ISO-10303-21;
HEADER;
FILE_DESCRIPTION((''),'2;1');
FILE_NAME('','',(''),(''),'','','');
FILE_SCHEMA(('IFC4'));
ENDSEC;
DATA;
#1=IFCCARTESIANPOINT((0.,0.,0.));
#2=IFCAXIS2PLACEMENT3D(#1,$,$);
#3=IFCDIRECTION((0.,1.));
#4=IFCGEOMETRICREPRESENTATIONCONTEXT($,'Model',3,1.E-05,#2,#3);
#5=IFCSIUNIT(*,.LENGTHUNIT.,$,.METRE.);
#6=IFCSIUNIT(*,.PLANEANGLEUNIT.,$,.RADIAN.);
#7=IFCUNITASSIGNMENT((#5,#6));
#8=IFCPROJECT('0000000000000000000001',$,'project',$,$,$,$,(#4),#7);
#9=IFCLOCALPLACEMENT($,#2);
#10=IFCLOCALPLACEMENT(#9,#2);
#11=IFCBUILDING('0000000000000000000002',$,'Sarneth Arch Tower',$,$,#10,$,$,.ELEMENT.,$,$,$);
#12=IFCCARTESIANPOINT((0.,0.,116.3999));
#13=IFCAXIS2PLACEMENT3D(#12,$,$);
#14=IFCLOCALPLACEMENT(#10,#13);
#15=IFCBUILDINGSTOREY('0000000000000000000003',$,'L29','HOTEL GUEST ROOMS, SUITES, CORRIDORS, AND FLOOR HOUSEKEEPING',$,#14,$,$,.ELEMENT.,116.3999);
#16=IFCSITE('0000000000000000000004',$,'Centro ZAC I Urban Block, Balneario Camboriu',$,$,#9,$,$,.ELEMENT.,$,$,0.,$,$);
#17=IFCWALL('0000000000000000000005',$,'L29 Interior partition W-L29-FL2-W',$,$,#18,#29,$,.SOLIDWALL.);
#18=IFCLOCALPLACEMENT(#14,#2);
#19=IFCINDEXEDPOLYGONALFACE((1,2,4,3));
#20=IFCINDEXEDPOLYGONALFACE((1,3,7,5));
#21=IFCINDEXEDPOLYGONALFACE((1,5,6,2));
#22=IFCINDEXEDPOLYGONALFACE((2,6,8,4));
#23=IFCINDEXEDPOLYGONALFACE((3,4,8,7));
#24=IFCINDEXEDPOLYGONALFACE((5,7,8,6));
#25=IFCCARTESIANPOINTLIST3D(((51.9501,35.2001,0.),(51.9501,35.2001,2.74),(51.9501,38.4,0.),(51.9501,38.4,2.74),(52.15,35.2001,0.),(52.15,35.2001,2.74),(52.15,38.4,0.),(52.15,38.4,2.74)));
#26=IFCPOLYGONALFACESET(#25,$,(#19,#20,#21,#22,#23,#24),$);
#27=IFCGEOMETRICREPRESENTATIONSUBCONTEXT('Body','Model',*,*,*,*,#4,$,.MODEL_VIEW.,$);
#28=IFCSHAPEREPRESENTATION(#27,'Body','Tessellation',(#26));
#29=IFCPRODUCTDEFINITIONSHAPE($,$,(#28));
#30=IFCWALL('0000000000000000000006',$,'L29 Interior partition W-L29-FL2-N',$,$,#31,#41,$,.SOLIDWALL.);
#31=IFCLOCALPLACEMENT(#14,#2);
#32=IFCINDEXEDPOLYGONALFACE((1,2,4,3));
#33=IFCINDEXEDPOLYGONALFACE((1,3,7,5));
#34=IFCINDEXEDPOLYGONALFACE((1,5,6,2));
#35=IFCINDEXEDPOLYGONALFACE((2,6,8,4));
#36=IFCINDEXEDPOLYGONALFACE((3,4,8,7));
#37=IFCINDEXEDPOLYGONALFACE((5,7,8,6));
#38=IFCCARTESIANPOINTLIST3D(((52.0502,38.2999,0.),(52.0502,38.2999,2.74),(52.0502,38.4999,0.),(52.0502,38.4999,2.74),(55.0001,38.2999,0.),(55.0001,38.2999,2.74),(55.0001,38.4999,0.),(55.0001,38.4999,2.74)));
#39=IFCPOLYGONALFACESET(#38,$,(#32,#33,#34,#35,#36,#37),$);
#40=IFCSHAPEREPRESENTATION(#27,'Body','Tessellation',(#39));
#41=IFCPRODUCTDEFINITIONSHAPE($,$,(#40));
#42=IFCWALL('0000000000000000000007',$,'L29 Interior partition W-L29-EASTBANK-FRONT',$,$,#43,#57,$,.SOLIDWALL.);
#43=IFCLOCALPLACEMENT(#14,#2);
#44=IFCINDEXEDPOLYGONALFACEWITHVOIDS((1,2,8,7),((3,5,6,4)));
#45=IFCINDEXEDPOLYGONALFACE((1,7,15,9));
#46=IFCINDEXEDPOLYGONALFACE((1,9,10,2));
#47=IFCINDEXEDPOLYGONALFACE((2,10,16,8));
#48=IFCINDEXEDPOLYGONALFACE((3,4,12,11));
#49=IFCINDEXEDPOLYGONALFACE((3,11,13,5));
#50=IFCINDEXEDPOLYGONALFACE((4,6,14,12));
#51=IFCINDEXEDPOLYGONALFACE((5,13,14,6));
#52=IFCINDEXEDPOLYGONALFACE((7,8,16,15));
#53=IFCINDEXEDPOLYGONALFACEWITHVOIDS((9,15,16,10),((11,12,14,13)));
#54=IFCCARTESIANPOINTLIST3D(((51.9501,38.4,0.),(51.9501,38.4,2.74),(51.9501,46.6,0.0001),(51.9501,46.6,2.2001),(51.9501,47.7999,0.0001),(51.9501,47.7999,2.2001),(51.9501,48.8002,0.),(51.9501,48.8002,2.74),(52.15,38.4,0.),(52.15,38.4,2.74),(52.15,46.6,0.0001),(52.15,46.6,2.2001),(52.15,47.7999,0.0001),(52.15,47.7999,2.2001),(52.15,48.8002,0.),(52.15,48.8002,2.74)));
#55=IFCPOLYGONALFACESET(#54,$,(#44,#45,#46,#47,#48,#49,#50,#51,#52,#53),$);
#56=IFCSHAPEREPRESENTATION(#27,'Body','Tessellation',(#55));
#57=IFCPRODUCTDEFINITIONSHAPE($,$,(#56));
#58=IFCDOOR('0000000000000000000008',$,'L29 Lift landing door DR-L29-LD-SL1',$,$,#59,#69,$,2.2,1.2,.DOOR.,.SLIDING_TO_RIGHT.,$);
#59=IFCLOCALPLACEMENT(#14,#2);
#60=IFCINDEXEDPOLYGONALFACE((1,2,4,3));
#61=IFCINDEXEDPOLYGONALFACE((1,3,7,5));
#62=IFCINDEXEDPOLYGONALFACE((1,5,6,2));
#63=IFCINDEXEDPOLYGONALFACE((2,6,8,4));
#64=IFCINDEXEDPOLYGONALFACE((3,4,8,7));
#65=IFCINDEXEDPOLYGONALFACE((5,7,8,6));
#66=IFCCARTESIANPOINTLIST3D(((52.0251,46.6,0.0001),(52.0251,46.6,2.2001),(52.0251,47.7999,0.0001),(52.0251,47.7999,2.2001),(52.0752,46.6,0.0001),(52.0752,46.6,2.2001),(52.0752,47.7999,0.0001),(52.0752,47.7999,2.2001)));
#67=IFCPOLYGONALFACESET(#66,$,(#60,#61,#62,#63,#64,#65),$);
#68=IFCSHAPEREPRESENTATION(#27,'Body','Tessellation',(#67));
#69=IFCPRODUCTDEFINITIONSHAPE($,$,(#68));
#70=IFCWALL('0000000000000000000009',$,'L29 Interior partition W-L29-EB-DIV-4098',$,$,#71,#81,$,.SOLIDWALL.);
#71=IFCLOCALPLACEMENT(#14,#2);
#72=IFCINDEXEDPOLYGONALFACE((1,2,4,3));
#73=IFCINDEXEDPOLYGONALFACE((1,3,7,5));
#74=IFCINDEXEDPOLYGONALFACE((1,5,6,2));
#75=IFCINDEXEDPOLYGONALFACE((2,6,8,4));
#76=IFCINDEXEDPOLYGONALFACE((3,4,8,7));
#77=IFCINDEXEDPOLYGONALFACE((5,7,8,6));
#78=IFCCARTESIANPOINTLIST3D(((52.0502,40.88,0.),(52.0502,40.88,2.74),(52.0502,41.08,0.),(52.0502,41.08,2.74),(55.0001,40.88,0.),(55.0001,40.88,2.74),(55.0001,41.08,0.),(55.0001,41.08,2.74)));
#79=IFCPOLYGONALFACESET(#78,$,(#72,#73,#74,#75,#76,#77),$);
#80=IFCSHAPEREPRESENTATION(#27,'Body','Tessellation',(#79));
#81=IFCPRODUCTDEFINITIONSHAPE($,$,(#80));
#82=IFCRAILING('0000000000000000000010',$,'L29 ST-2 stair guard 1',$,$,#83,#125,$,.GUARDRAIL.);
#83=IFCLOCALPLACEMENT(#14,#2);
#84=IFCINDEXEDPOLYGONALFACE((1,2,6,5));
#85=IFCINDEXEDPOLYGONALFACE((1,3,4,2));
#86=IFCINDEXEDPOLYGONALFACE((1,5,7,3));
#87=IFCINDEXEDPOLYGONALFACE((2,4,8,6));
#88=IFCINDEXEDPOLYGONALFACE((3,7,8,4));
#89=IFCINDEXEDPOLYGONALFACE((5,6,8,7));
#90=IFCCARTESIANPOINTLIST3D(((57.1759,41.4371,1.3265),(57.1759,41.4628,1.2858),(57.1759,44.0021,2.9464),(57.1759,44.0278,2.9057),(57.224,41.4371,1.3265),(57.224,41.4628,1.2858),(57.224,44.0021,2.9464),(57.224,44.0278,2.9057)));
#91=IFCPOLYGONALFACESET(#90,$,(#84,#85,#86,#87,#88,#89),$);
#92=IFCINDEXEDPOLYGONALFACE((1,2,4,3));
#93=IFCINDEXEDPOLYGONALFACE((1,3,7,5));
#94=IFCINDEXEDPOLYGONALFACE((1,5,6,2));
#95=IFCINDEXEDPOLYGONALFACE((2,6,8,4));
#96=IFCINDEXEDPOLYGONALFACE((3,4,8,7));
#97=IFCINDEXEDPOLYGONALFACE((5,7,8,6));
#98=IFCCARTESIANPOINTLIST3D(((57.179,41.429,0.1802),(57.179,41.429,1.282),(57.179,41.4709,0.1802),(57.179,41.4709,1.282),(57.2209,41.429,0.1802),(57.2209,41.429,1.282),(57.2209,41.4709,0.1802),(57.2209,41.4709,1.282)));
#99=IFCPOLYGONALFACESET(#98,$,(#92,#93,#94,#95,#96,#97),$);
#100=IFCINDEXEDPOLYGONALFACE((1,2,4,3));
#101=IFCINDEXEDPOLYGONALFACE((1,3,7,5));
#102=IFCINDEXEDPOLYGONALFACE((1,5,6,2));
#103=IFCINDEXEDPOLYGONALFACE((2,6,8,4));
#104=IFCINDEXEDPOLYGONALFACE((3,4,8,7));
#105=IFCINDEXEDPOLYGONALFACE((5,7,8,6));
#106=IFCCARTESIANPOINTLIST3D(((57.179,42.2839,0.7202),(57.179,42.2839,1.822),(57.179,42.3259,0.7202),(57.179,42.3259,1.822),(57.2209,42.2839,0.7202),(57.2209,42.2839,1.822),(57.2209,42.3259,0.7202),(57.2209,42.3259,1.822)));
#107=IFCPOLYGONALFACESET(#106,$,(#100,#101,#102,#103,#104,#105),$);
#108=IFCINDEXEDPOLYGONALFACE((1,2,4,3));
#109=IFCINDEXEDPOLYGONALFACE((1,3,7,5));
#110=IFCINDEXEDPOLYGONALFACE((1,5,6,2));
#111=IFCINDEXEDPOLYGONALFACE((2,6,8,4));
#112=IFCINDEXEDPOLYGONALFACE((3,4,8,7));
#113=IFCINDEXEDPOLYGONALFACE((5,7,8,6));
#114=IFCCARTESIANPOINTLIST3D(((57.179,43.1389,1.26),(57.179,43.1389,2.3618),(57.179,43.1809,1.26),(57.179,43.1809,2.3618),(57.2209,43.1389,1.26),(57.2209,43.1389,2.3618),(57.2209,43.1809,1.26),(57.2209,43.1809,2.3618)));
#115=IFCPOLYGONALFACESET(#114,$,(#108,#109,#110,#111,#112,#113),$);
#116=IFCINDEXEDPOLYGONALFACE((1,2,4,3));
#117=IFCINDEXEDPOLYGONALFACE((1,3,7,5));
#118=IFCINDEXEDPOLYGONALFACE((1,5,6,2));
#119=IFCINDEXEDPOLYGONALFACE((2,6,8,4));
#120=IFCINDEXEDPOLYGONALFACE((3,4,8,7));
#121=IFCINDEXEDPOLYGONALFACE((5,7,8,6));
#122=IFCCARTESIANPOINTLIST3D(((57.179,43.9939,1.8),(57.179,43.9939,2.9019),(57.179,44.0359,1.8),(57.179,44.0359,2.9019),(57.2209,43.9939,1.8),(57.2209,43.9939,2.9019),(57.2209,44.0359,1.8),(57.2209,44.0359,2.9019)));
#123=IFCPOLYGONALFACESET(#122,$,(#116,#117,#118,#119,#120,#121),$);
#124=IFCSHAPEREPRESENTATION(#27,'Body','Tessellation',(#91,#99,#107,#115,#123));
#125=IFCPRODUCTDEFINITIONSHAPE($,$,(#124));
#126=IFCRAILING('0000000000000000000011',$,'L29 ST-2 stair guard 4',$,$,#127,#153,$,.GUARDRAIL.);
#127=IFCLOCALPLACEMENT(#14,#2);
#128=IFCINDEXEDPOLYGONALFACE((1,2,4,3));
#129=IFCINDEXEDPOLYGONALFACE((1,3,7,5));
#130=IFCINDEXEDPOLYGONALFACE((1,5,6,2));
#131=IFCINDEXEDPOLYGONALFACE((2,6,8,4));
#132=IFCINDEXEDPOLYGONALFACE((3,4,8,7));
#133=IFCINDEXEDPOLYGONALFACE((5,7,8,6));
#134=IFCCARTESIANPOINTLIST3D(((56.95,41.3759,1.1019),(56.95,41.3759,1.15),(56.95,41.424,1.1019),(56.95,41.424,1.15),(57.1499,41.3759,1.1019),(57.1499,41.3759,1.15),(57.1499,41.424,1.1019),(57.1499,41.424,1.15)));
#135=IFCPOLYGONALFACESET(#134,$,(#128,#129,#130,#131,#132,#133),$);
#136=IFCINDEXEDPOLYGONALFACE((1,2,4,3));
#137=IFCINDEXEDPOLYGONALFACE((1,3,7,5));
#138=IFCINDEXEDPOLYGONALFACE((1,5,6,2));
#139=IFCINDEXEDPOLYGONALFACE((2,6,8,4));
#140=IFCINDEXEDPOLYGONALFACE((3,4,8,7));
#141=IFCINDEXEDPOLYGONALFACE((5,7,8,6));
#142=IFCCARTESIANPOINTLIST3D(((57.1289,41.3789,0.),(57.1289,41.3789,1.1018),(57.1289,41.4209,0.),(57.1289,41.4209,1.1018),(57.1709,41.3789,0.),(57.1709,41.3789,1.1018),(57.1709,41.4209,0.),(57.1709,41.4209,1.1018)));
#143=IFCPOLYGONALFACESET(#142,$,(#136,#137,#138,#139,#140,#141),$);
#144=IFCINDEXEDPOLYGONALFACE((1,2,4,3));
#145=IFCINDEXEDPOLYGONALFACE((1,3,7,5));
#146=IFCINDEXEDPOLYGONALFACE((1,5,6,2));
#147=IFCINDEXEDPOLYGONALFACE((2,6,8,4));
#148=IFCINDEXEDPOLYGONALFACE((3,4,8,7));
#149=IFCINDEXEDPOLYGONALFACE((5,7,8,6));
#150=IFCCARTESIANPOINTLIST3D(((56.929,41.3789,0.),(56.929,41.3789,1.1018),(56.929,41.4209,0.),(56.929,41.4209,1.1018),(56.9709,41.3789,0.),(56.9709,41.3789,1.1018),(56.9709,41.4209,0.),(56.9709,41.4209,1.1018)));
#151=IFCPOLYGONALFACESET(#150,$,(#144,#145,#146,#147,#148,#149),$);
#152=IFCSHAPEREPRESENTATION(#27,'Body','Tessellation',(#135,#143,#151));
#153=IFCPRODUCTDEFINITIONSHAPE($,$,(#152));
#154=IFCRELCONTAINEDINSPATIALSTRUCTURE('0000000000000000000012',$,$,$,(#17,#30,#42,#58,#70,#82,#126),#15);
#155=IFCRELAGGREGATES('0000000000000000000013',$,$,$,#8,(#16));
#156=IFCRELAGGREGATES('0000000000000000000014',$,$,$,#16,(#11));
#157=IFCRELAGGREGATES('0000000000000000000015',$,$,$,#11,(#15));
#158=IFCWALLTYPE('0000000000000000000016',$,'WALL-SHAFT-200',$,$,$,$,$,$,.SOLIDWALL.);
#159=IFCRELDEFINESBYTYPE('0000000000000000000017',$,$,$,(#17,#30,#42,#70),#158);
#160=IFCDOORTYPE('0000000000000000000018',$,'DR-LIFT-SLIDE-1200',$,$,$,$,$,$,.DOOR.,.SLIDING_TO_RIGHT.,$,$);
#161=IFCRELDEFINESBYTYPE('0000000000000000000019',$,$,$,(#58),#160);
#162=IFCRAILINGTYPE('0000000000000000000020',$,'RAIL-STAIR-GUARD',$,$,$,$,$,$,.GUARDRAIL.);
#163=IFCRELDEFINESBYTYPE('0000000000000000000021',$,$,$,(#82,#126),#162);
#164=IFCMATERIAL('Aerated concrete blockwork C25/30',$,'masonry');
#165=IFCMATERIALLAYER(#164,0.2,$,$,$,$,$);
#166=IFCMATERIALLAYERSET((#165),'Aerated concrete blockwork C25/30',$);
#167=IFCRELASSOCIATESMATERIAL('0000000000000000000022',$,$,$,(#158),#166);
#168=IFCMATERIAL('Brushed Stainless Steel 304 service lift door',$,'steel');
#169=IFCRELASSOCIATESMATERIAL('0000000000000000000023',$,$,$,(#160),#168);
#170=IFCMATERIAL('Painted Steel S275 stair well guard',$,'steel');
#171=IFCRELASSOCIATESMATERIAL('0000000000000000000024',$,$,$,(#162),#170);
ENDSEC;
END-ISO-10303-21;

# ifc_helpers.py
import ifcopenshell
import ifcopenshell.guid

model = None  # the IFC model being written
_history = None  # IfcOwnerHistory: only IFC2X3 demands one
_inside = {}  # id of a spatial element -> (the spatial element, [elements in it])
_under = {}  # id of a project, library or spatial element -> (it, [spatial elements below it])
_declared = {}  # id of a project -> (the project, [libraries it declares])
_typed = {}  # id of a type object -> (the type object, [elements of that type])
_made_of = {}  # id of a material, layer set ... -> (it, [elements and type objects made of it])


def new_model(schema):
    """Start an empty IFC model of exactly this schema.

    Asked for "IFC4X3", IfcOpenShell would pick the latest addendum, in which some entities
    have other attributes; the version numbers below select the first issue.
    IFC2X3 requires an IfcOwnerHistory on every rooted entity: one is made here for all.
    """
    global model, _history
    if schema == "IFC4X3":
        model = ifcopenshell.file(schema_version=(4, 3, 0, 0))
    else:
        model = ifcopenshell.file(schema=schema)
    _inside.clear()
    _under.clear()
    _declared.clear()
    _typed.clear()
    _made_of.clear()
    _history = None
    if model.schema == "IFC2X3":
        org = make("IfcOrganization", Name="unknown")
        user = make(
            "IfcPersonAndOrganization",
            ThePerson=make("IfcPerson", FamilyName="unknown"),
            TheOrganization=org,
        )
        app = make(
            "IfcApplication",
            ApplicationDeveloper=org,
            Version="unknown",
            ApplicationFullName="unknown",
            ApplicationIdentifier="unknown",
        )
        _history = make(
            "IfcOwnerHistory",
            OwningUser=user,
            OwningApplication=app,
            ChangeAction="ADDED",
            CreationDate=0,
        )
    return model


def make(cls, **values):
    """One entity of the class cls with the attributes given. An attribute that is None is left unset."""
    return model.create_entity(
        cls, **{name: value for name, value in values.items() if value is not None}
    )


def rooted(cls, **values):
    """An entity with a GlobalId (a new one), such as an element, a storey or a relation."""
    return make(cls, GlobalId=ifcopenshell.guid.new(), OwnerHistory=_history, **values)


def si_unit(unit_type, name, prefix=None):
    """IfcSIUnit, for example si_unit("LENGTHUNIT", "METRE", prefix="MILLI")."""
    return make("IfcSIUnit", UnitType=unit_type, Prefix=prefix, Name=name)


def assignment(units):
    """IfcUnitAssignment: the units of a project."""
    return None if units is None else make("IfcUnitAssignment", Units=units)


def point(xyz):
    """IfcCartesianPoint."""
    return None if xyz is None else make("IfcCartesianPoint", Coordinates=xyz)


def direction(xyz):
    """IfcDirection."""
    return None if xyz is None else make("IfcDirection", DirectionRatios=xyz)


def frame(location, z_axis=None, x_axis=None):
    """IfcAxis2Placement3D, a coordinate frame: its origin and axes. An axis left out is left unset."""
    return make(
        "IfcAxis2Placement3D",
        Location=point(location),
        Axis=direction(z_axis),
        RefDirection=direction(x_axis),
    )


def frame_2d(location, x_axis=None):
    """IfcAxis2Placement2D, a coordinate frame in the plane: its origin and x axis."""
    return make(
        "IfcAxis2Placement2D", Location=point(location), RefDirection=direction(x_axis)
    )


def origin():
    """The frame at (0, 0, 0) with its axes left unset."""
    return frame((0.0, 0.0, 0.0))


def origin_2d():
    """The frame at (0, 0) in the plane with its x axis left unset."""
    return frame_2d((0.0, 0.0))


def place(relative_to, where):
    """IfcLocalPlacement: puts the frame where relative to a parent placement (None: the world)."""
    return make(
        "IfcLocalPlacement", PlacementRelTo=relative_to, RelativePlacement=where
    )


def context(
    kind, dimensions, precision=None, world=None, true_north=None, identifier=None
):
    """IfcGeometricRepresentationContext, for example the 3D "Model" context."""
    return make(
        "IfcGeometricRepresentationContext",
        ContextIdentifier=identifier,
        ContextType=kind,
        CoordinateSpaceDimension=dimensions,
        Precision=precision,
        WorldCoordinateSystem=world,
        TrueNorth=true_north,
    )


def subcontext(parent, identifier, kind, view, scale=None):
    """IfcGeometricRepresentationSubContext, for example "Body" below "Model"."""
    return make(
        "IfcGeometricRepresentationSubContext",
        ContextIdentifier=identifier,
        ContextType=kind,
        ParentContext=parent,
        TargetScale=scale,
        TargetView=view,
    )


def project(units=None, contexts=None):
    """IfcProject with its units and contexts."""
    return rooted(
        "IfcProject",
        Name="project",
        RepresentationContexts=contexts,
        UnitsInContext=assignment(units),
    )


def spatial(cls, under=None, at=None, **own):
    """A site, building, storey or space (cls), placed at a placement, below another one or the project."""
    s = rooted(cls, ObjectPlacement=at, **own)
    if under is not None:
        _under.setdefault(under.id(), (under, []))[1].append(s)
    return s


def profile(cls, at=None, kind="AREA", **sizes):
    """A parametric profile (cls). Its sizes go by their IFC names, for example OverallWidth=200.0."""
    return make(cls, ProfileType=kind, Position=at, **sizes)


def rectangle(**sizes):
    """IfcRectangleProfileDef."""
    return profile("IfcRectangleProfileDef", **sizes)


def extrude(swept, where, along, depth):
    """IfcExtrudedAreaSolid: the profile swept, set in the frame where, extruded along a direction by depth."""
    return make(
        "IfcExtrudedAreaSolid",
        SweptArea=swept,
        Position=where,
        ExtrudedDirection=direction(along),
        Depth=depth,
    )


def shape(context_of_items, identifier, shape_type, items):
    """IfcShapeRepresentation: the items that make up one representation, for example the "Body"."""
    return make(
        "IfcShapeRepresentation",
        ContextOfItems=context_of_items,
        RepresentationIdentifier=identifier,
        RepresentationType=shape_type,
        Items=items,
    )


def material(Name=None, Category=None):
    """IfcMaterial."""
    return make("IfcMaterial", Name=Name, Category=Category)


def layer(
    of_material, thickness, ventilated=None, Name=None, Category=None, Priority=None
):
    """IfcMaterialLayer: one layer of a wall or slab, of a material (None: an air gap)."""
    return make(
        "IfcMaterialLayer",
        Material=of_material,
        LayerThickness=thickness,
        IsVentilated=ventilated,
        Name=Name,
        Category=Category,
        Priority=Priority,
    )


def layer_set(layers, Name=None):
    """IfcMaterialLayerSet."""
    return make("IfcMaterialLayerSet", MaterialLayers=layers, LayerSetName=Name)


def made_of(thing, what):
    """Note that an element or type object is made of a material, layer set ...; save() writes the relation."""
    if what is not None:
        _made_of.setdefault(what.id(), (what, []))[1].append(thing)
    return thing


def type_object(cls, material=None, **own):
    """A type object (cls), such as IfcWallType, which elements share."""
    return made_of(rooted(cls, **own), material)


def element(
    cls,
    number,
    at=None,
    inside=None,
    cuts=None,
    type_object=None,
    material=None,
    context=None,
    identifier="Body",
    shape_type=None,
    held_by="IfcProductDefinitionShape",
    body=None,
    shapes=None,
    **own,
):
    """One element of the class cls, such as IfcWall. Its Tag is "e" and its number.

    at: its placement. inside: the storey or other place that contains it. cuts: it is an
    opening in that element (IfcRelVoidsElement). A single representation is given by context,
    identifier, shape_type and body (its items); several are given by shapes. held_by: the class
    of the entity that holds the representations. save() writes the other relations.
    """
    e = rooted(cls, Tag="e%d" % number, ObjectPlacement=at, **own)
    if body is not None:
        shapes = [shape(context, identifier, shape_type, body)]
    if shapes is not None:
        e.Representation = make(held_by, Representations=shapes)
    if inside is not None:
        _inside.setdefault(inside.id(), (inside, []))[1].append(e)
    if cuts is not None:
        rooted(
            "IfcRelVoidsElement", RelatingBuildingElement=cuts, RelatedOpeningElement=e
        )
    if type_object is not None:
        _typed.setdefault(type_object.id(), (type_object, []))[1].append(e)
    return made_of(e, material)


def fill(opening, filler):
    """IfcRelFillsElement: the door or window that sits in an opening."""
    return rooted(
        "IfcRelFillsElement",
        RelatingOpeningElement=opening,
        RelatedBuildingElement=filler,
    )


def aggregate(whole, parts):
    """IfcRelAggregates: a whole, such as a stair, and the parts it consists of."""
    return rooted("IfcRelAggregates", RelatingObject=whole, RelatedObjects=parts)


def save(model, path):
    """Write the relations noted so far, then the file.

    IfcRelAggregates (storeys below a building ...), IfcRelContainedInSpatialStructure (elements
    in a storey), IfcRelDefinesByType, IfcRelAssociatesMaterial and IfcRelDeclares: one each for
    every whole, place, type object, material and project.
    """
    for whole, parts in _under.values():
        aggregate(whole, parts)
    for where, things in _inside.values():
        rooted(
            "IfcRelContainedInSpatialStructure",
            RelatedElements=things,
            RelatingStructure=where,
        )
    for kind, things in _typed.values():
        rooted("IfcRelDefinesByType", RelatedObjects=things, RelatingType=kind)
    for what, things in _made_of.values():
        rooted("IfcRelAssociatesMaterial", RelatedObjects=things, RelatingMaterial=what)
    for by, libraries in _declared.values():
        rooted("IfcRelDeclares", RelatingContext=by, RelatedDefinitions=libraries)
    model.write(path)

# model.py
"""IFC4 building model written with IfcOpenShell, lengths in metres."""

from ifc_helpers import new_model, si_unit, direction, frame, frame_2d, origin, origin_2d, place, context, subcontext, project, spatial, rectangle, extrude, material, layer, layer_set, type_object, element, fill, save


model = new_model("IFC4")

# Units and contexts
model_context = context("Model", 3, precision=1e-05, world=origin(), true_north=direction((0.0, 1.0)))
body_context = subcontext(model_context, "Body", "Model", "MODEL_VIEW")
ifc_project = project(units=[si_unit("LENGTHUNIT", "METRE"), si_unit("PLANEANGLEUNIT", "RADIAN")], contexts=[model_context])

# Site, building, storey
site_placement = place(None, origin())
site = spatial("IfcSite", under=ifc_project, at=site_placement, Name="Centro ZAC I Urban Block, Balneario Camboriu", CompositionType="ELEMENT", RefElevation=0.0)
building_placement = place(site_placement, origin())
building = spatial("IfcBuilding", under=site, at=building_placement, Name="Sarneth Arch Tower", CompositionType="ELEMENT")
storey_placement = place(building_placement, frame((0.0, 0.0, 116.3999)))
storey = spatial("IfcBuildingStorey", under=building, at=storey_placement, Name="L29", Description="HOTEL GUEST ROOMS, SUITES, CORRIDORS, AND FLOOR HOUSEKEEPING", CompositionType="ELEMENT", Elevation=116.3999)

# Shared definitions
ifc_material_1 = material(Name="Aerated concrete blockwork C25/30", Category="masonry")
ifc_layer_1 = layer(ifc_material_1, 0.2)
ifc_layer_set_1 = layer_set([ifc_layer_1], Name="Aerated concrete blockwork C25/30")
wall_type_1 = type_object("IfcWallType", Name="WALL-SHAFT-200", PredefinedType="SOLIDWALL", material=ifc_layer_set_1)

# Walls
wall_1_placement = place(storey_placement, frame((52.05, 35.2, 0.0), z_axis=(0.0, 0.0, 1.0), x_axis=(0.0, 1.0, 0.0)))
element("IfcWall", 1, at=wall_1_placement, inside=storey, type_object=wall_type_1, Name="L29 Interior partition W-L29-FL2-W", PredefinedType="SOLIDWALL", context=body_context, shape_type="SweptSolid", body=[
    extrude(rectangle(XDim=3.2, YDim=0.2, at=frame_2d((1.6001, 0.0))), origin(), (0.0, 0.0, 1.0), 2.74),
])
wall_2_placement = place(storey_placement, frame((52.05, 38.3999, 0.0), z_axis=(0.0, 0.0, 1.0), x_axis=(1.0, 0.0, 0.0)))
element("IfcWall", 2, at=wall_2_placement, inside=storey, type_object=wall_type_1, Name="L29 Interior partition W-L29-FL2-N", PredefinedType="SOLIDWALL", context=body_context, shape_type="SweptSolid", body=[
    extrude(rectangle(XDim=2.95, YDim=0.2, at=frame_2d((1.4751, 0.0))), origin(), (0.0, 0.0, 1.0), 2.74),
])

# Wall, opening, door
wall_3_placement = place(storey_placement, frame((52.05, 38.3999, 0.0), z_axis=(0.0, 0.0, 1.0), x_axis=(0.0, 1.0, 0.0)))
wall_3 = element("IfcWall", 3, at=wall_3_placement, inside=storey, type_object=wall_type_1, Name="L29 Interior partition W-L29-EASTBANK-FRONT", PredefinedType="SOLIDWALL", context=body_context, shape_type="SweptSolid", body=[
    extrude(rectangle(XDim=10.4001, YDim=0.2, at=frame_2d((5.2002, 0.0))), origin(), (0.0, 0.0, 1.0), 2.74),
])
opening_1_placement = place(wall_3_placement, frame((8.2, 0.0, 0.0)))
opening_1 = element("IfcOpeningElement", 4, at=opening_1_placement, cuts=wall_3, PredefinedType="OPENING", context=body_context, shape_type="SweptSolid", body=[
    extrude(rectangle(XDim=1.2, YDim=2.2, at=frame_2d((0.6001, 1.1001))), frame((0.0, 0.1099, 0.0), z_axis=(0.0, -1.0, 0.0), x_axis=(1.0, 0.0, 0.0)), (0.0, 0.0, 1.0), 0.22),
])
ifc_material_2 = material(Name="Brushed Stainless Steel 304 service lift door", Category="steel")
door_type_1 = type_object("IfcDoorType", Name="DR-LIFT-SLIDE-1200", OperationType="SLIDING_TO_RIGHT", PredefinedType="DOOR", material=ifc_material_2)
door_1_placement = place(opening_1_placement, origin())
door_1 = element("IfcDoor", 5, at=door_1_placement, inside=storey, type_object=door_type_1, Name="L29 Lift landing door DR-L29-LD-SL1", OperationType="SLIDING_TO_RIGHT", OverallHeight=2.2, OverallWidth=1.2, PredefinedType="DOOR", context=body_context, shape_type="SweptSolid", body=[
    extrude(rectangle(XDim=1.2, YDim=2.2, at=frame_2d((0.6001, 1.1001))), frame((0.0, 0.0249, 0.0), z_axis=(0.0, -1.0, 0.0), x_axis=(1.0, 0.0, 0.0)), (0.0, 0.0, 1.0), 0.05),
])
fill(opening_1, door_1)

# Wall
wall_4_placement = place(storey_placement, frame((52.05, 40.98, 0.0), z_axis=(0.0, 0.0, 1.0), x_axis=(1.0, 0.0, 0.0)))
element("IfcWall", 6, at=wall_4_placement, inside=storey, type_object=wall_type_1, Name="L29 Interior partition W-L29-EB-DIV-4098", PredefinedType="SOLIDWALL", context=body_context, shape_type="SweptSolid", body=[
    extrude(rectangle(XDim=2.95, YDim=0.2, at=frame_2d((1.4751, 0.0))), origin(), (0.0, 0.0, 1.0), 2.74),
])

# Railings
ifc_material_3 = material(Name="Painted Steel S275 stair well guard", Category="steel")
railing_type = type_object("IfcRailingType", Name="RAIL-STAIR-GUARD", PredefinedType="GUARDRAIL", material=ifc_material_3)
railing_1_placement = place(storey_placement, frame((57.2, 41.45, 0.1802)))
element("IfcRailing", 7, at=railing_1_placement, inside=storey, type_object=railing_type, Name="L29 ST-2 stair guard 1", PredefinedType="GUARDRAIL", context=body_context, shape_type="SweptSolid", body=[
    extrude(rectangle(XDim=0.0481, YDim=0.0481, at=origin_2d()), frame((0.0, 0.0, 1.126), z_axis=(0.0, 0.845502, 0.533972), x_axis=(-1.0, 0.0, 0.0)), (0.0, 0.0, 1.0), 3.0337),
    extrude(rectangle(XDim=0.042, YDim=0.042, at=origin_2d()), origin(), (0.0, 0.0, 1.0), 1.1018),
    extrude(rectangle(XDim=0.042, YDim=0.042, at=origin_2d()), frame((0.0, 0.855, 0.54)), (0.0, 0.0, 1.0), 1.1018),
    extrude(rectangle(XDim=0.042, YDim=0.042, at=origin_2d()), frame((0.0, 1.71, 1.0798)), (0.0, 0.0, 1.0), 1.1018),
    extrude(rectangle(XDim=0.042, YDim=0.042, at=origin_2d()), frame((0.0, 2.5649, 1.6199)), (0.0, 0.0, 1.0), 1.1018),
])
railing_2_placement = place(storey_placement, frame((57.1499, 41.3999, 0.0)))
element("IfcRailing", 8, at=railing_2_placement, inside=storey, type_object=railing_type, Name="L29 ST-2 stair guard 4", PredefinedType="GUARDRAIL", context=body_context, shape_type="SweptSolid", body=[
    extrude(rectangle(XDim=0.0481, YDim=0.0481, at=origin_2d()), frame((0.0, 0.0, 1.126), z_axis=(-1.0, 0.0, 0.0), x_axis=(0.0, -1.0, 0.0)), (0.0, 0.0, 1.0), 0.2),
    extrude(rectangle(XDim=0.042, YDim=0.042, at=origin_2d()), origin(), (0.0, 0.0, 1.0), 1.1018),
    extrude(rectangle(XDim=0.042, YDim=0.042, at=origin_2d()), frame((-0.2, 0.0, 0.0)), (0.0, 0.0, 1.0), 1.1018),
])

save(model, "model.ifc")
